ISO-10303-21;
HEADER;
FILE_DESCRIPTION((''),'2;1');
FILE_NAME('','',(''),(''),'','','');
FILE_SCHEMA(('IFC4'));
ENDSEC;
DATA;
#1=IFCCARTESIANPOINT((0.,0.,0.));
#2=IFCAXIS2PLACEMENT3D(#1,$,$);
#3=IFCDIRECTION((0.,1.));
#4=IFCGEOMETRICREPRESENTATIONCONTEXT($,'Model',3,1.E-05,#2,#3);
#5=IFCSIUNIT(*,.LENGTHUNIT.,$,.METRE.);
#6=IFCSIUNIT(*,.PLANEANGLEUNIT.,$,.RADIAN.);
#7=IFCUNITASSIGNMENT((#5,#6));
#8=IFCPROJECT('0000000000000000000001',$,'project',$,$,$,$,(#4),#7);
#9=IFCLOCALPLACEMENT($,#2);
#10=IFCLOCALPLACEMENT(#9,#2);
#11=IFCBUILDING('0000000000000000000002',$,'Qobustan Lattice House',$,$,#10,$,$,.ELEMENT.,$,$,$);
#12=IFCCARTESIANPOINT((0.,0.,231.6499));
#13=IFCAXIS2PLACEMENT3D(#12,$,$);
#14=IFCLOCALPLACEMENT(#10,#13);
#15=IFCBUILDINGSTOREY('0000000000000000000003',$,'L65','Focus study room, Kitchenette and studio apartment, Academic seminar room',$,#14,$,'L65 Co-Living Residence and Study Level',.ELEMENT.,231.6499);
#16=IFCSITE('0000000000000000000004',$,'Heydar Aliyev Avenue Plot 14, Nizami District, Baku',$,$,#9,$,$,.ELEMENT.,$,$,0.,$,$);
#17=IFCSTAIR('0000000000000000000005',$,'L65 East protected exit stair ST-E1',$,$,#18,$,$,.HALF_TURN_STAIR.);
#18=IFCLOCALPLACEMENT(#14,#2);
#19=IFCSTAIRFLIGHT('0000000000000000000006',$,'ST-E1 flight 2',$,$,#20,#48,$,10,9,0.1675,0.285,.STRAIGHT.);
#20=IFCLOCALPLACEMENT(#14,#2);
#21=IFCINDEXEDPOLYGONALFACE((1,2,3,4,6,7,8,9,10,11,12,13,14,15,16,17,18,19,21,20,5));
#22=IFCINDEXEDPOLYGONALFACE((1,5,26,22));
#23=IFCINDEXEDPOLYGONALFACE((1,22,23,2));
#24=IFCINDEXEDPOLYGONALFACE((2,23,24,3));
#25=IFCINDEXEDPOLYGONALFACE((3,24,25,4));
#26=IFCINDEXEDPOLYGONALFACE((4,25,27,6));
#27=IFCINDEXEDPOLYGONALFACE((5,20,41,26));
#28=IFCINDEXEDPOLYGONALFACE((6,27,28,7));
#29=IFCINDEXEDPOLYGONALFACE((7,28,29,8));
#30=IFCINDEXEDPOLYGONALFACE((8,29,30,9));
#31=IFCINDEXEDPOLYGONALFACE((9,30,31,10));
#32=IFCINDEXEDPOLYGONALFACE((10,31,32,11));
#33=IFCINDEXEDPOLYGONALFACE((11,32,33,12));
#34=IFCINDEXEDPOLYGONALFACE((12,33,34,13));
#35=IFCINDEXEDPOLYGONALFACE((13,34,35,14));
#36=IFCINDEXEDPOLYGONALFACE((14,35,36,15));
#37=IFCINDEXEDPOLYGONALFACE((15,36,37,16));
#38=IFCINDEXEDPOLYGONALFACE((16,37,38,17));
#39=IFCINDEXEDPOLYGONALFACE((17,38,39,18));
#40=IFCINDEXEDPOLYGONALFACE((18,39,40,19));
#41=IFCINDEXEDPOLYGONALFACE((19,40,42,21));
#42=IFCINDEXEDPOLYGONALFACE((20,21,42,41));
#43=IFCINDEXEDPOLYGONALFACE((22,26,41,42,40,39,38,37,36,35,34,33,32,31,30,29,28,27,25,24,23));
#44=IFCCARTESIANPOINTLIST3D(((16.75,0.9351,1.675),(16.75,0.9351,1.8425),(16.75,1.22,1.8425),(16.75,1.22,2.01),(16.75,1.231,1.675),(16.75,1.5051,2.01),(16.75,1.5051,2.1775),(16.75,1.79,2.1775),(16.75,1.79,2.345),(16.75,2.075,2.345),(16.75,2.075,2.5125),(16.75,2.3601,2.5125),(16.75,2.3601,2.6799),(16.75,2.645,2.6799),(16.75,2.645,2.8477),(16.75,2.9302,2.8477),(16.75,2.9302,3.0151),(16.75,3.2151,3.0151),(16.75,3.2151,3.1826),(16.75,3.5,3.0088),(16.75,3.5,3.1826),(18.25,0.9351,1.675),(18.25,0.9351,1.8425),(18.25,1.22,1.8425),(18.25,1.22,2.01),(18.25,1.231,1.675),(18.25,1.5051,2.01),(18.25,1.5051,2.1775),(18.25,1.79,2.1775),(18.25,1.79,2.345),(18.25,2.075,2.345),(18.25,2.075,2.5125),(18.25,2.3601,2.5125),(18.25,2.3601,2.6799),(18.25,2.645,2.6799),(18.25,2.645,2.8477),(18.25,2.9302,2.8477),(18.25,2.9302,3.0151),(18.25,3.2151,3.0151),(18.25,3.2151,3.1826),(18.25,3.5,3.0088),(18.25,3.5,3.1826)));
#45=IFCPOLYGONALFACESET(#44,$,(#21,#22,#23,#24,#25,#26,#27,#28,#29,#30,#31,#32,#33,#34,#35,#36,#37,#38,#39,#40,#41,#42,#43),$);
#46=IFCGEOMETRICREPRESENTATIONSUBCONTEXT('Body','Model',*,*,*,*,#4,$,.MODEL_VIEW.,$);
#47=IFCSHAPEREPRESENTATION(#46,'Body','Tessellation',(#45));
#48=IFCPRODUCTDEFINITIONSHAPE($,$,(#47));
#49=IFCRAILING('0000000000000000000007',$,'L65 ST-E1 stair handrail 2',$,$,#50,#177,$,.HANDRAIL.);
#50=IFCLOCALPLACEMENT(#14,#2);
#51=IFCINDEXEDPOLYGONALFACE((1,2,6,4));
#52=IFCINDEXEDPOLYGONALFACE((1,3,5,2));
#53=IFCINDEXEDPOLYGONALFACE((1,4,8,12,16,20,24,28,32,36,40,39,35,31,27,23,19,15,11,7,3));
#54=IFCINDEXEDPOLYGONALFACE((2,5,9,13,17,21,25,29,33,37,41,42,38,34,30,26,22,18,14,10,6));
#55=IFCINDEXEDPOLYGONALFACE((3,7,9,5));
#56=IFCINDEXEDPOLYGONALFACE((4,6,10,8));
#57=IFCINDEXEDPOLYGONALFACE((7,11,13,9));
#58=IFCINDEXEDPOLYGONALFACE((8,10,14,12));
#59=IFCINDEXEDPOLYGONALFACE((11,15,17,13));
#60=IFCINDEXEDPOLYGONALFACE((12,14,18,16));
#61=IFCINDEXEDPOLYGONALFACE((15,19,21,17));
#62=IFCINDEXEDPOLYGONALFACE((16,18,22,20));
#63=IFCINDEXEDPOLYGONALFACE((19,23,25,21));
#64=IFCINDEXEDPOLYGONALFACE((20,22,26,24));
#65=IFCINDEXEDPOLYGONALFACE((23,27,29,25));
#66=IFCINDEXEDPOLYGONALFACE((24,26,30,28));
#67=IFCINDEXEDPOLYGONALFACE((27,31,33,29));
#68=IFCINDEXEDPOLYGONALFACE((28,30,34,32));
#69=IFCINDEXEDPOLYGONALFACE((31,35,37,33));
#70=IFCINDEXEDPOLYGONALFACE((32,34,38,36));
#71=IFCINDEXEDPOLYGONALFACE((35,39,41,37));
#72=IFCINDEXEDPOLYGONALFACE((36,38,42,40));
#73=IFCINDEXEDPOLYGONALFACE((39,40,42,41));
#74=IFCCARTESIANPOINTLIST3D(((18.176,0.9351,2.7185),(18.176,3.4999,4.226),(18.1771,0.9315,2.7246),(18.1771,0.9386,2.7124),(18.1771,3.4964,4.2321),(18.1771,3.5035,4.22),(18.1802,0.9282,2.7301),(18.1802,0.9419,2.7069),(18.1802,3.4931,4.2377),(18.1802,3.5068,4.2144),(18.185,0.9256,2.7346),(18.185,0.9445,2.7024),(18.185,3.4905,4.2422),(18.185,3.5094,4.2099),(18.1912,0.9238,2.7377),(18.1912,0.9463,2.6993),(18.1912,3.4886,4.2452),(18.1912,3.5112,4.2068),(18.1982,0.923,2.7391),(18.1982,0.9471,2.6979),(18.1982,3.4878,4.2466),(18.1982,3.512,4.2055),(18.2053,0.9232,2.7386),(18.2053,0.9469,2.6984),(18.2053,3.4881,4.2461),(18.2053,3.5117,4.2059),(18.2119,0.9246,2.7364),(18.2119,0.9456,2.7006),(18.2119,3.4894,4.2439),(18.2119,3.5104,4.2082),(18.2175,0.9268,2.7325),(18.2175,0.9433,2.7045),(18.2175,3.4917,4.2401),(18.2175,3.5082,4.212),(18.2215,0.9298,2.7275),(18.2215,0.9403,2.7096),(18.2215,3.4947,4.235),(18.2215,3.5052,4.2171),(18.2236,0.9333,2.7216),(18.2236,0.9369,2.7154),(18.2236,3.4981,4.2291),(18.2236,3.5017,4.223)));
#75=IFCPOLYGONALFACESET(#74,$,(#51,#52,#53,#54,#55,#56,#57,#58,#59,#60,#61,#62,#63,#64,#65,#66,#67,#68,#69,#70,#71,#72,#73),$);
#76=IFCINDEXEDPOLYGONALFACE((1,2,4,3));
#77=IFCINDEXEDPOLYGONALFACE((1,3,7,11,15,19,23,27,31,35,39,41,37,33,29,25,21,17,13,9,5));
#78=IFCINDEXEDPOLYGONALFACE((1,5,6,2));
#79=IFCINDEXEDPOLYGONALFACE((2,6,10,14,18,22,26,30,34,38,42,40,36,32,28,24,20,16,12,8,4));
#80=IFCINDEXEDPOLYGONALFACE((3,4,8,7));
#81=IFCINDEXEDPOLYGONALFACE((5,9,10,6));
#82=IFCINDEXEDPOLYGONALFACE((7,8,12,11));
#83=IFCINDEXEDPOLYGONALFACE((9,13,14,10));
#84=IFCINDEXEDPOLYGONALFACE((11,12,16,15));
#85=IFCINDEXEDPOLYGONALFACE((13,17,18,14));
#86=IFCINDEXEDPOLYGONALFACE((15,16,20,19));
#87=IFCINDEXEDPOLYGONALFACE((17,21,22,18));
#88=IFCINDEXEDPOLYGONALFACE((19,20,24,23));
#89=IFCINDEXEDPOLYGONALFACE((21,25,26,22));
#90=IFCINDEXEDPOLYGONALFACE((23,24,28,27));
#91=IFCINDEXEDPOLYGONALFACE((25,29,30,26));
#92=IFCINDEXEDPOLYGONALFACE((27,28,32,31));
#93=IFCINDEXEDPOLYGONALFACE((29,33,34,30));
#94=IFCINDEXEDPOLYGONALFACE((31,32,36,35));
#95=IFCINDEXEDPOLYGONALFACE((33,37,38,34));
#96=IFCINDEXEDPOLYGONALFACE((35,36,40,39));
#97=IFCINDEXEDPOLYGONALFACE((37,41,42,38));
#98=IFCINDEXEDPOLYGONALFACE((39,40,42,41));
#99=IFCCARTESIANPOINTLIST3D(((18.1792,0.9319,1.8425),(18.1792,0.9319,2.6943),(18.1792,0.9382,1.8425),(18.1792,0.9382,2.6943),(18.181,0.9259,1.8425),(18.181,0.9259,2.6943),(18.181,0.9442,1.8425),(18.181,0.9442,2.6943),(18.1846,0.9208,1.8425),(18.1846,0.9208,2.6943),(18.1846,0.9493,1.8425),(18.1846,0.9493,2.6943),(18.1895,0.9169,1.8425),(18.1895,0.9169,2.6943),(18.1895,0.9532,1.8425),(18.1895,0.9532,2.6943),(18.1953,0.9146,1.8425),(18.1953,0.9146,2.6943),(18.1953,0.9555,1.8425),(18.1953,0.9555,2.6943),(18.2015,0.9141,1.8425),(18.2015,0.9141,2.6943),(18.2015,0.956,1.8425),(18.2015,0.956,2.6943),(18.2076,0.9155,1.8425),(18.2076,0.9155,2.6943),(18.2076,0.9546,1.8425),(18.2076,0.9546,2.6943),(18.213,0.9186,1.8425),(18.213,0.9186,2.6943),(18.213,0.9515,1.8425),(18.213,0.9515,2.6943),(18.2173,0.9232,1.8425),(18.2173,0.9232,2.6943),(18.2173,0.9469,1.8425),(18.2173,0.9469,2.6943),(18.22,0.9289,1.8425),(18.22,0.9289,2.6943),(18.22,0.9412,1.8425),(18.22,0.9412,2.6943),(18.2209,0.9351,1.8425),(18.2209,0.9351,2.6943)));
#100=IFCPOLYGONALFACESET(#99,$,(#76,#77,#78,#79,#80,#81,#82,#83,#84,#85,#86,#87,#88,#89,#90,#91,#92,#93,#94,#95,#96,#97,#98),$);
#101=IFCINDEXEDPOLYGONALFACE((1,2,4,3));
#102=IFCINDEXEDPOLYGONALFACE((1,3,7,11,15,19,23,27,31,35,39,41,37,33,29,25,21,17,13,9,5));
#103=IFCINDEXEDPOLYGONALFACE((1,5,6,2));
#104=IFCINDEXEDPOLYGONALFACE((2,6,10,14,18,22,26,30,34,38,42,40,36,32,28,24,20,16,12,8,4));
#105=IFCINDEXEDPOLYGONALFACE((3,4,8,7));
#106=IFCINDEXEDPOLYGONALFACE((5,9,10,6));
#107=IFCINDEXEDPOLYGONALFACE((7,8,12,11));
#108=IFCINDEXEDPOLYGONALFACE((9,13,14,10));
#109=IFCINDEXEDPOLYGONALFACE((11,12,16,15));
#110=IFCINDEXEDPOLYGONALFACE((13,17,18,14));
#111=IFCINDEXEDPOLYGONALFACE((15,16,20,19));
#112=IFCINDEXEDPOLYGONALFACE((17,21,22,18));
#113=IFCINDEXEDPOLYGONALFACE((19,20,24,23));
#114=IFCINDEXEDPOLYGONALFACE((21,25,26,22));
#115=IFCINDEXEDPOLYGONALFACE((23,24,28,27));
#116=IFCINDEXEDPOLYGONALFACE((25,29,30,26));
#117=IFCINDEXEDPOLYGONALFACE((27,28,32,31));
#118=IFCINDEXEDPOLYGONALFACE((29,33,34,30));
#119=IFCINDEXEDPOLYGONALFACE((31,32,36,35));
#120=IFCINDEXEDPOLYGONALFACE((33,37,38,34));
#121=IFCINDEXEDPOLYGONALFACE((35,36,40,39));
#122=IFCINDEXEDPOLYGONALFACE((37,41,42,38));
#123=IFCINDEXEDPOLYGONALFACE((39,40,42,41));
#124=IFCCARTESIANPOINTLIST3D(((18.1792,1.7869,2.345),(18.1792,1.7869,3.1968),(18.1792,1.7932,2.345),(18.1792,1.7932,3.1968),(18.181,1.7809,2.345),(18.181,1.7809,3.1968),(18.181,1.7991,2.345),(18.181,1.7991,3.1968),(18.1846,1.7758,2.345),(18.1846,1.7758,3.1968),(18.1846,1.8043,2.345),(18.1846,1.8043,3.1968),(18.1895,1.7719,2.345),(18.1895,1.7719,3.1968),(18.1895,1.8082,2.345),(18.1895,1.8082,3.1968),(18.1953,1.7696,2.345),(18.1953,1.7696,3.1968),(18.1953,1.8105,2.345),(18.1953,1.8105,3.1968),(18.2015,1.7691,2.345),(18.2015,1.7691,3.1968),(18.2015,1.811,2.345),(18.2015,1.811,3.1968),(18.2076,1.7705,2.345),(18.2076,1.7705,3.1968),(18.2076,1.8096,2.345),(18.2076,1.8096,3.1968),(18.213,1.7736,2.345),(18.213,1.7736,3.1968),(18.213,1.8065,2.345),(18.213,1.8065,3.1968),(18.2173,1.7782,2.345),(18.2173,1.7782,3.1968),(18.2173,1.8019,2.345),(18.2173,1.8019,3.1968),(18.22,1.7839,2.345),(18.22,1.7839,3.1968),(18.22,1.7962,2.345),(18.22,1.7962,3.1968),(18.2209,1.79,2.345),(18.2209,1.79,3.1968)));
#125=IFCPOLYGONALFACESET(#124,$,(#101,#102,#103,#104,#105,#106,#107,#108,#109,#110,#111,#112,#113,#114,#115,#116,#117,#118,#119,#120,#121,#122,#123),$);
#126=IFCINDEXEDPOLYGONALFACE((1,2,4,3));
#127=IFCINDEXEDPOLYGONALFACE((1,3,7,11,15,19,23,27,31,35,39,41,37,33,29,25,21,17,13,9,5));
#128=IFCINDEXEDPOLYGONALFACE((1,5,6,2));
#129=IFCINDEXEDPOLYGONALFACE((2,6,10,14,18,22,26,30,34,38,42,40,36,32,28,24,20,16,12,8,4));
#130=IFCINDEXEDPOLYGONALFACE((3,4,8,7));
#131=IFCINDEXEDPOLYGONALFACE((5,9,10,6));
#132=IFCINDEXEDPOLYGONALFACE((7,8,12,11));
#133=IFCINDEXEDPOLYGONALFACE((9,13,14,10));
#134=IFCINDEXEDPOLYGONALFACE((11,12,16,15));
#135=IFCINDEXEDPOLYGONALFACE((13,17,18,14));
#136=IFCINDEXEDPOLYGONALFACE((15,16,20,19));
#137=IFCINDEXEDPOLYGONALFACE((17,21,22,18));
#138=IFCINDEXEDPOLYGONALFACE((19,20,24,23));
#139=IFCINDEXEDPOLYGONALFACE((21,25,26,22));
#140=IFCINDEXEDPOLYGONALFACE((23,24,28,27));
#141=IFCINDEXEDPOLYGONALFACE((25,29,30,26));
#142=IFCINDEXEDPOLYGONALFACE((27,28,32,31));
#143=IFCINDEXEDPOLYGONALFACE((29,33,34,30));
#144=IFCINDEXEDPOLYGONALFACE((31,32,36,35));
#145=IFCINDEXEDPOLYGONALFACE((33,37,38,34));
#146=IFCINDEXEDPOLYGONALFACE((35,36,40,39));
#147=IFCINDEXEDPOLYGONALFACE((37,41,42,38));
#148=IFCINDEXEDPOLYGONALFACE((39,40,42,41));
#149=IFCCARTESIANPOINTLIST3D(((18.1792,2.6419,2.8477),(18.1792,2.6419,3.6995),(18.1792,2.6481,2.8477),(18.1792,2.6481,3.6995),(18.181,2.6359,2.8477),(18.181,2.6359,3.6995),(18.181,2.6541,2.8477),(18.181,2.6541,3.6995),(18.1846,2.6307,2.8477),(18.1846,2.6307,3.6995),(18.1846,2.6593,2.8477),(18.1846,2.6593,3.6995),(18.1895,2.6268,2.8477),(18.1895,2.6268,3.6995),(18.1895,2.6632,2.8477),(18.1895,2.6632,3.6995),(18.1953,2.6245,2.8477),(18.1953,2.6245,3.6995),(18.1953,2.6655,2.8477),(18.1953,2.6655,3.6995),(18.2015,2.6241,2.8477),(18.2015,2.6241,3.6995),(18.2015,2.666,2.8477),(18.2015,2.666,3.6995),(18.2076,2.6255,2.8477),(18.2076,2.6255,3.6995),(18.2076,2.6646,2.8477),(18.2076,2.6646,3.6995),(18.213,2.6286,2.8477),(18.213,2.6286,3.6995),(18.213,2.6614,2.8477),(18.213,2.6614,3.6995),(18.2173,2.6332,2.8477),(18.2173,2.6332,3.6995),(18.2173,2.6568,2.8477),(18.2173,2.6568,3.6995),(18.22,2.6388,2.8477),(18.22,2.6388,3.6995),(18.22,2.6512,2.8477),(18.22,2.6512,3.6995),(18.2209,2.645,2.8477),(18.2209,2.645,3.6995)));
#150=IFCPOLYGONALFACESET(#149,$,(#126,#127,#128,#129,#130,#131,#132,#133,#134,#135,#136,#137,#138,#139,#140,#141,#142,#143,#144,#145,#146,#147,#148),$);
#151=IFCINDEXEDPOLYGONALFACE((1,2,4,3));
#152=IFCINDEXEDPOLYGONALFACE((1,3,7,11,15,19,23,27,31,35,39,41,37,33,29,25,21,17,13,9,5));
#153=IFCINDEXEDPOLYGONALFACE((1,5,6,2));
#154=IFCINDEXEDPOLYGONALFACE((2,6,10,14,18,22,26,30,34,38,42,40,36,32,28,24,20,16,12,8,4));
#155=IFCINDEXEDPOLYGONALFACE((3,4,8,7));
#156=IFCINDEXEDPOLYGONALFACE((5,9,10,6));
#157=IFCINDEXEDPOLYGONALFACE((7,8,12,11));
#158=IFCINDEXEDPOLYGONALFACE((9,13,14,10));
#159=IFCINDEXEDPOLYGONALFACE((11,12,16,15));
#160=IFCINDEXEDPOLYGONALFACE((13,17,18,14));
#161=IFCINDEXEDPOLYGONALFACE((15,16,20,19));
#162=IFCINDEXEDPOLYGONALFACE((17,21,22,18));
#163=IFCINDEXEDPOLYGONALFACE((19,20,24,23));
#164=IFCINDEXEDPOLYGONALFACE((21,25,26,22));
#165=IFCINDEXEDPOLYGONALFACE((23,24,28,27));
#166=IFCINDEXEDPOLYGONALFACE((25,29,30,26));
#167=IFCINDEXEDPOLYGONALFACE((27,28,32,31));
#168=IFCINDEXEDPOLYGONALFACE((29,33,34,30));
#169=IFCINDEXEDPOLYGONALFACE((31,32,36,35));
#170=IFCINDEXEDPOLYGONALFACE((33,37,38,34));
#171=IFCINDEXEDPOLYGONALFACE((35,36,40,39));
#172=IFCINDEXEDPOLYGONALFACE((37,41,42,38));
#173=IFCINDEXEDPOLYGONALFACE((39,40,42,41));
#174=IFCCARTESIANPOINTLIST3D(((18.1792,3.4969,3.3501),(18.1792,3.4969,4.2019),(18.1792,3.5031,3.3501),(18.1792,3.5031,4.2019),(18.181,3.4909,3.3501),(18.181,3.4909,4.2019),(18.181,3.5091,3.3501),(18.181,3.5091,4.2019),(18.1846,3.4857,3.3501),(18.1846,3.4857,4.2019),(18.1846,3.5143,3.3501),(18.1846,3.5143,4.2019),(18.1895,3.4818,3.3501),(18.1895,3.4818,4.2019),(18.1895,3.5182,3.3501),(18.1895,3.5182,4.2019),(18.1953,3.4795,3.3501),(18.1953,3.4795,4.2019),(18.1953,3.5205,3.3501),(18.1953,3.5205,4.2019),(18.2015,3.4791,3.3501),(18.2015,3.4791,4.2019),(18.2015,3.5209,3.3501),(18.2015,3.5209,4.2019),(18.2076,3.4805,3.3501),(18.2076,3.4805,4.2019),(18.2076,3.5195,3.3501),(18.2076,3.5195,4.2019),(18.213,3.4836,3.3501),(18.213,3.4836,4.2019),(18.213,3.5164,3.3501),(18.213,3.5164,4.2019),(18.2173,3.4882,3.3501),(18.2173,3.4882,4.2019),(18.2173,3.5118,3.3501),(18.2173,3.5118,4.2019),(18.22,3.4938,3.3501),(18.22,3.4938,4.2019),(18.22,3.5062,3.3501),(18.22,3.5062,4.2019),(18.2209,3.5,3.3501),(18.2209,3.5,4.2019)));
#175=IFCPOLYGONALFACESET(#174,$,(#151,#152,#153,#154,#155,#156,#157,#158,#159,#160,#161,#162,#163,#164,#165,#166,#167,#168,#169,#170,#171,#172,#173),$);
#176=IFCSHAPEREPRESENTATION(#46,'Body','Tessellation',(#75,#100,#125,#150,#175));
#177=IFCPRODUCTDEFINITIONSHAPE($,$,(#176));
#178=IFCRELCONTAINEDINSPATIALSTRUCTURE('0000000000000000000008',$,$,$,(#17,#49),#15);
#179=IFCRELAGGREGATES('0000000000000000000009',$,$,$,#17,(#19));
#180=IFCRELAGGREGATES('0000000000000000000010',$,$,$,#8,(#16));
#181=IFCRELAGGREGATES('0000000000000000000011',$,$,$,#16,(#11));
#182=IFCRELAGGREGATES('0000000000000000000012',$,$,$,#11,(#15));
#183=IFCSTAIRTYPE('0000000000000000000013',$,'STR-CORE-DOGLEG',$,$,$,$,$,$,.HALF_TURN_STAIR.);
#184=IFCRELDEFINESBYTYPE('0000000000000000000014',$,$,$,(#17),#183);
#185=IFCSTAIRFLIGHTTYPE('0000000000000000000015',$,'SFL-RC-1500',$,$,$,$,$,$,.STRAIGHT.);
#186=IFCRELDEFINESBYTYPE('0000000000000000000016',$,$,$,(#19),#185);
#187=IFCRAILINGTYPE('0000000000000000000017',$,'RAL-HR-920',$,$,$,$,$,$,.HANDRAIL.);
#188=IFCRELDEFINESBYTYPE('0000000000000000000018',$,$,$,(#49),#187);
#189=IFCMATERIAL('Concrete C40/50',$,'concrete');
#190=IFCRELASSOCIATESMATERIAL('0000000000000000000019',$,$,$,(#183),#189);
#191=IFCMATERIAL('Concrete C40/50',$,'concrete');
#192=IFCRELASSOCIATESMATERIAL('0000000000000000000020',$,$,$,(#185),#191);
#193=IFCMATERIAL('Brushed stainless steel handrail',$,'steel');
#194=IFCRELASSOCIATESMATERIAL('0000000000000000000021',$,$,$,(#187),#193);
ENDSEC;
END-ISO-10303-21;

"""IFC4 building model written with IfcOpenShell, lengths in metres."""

from ifc_helpers import new_model, si_unit, direction, frame, origin, origin_2d, place, context, subcontext, project, spatial, polyline, circle, outline, extrude, material, type_object, element, aggregate, save


model = new_model("IFC4")

# Units and contexts
model_context = context("Model", 3, precision=1e-05, world=origin(), true_north=direction((0.0, 1.0)))
body_context = subcontext(model_context, "Body", "Model", "MODEL_VIEW")
ifc_project = project(units=[si_unit("LENGTHUNIT", "METRE"), si_unit("PLANEANGLEUNIT", "RADIAN")], contexts=[model_context])

# Site, building, storey
site_placement = place(None, origin())
site = spatial("IfcSite", under=ifc_project, at=site_placement, Name="Heydar Aliyev Avenue Plot 14, Nizami District, Baku", CompositionType="ELEMENT", RefElevation=0.0)
building_placement = place(site_placement, origin())
building = spatial("IfcBuilding", under=site, at=building_placement, Name="Qobustan Lattice House", CompositionType="ELEMENT")
storey_placement = place(building_placement, frame((0.0, 0.0, 231.6499)))
storey = spatial("IfcBuildingStorey", under=building, at=storey_placement, Name="L65", Description="Focus study room, Kitchenette and studio apartment, Academic seminar room", LongName="L65 Co-Living Residence and Study Level", CompositionType="ELEMENT", Elevation=231.6499)

# Stair, stair flight
ifc_material_1 = material(Name="Concrete C40/50", Category="concrete")
stair_type = type_object("IfcStairType", Name="STR-CORE-DOGLEG", PredefinedType="HALF_TURN_STAIR", material=ifc_material_1)
stair_placement = place(storey_placement, origin())
stair = element("IfcStair", 1, at=stair_placement, inside=storey, type_object=stair_type, Name="L65 East protected exit stair ST-E1", PredefinedType="HALF_TURN_STAIR")
ifc_material_2 = material(Name="Concrete C40/50", Category="concrete")
stair_flight_type = type_object("IfcStairFlightType", Name="SFL-RC-1500", PredefinedType="STRAIGHT", material=ifc_material_2)
stair_flight_placement = place(storey_placement, frame((17.5, 0.9351, 1.675), z_axis=(0.0, 0.0, 1.0), x_axis=(0.0, 1.0, 0.0)))
stair_flight = element("IfcStairFlight", 2, at=stair_flight_placement, type_object=stair_flight_type, Name="ST-E1 flight 2", NumberOfRisers=10, NumberOfTreads=9, PredefinedType="STRAIGHT", RiserHeight=0.1675, TreadLength=0.285, context=body_context, shape_type="SweptSolid", body=[
    extrude(outline(polyline([(0.0, 0.0), (0.0, 0.1675), (0.2849, 0.1675), (0.2849, 0.335), (0.5701, 0.335), (0.5701, 0.5024), (0.855, 0.5024), (0.855, 0.6699), (1.1399, 0.6699), (1.1399, 0.8374), (1.425, 0.8374), (1.425, 1.0049), (1.71, 1.0049), (1.71, 1.1726), (1.9951, 1.1726), (1.9951, 1.3401), (2.28, 1.3401), (2.28, 1.5076), (2.5649, 1.5076), (2.5649, 1.675), (2.5649, 1.3337), (0.2959, 0.0), (0.0, 0.0)])), frame((0.0, 0.75, 0.0), z_axis=(0.0, -1.0, 0.0), x_axis=(1.0, 0.0, 0.0)), (0.0, 0.0, 1.0), 1.5),
])
aggregate(stair, [stair_flight])

# Railing
ifc_material_3 = material(Name="Brushed stainless steel handrail", Category="steel")
railing_type = type_object("IfcRailingType", Name="RAL-HR-920", PredefinedType="HANDRAIL", material=ifc_material_3)
railing_placement = place(storey_placement, frame((18.2, 0.9351, 1.8425)))
element("IfcRailing", 3, at=railing_placement, inside=storey, type_object=railing_type, Name="L65 ST-E1 stair handrail 2", PredefinedType="HANDRAIL", context=body_context, shape_type="SweptSolid", body=[
    extrude(circle(Radius=0.0239, at=origin_2d()), frame((0.0, 0.0, 0.876), z_axis=(0.0, 0.862113, 0.506715), x_axis=(-1.0, 0.0, 0.0)), (0.0, 0.0, 1.0), 2.9751),
    extrude(circle(Radius=0.021, at=origin_2d()), origin(), (0.0, 0.0, 1.0), 0.8518),
    extrude(circle(Radius=0.021, at=origin_2d()), frame((0.0, 0.855, 0.5024)), (0.0, 0.0, 1.0), 0.8518),
    extrude(circle(Radius=0.021, at=origin_2d()), frame((0.0, 1.71, 1.0051)), (0.0, 0.0, 1.0), 0.8518),
    extrude(circle(Radius=0.021, at=origin_2d()), frame((0.0, 2.5649, 1.5076)), (0.0, 0.0, 1.0), 0.8518),
])

save(model, "model.ifc")
